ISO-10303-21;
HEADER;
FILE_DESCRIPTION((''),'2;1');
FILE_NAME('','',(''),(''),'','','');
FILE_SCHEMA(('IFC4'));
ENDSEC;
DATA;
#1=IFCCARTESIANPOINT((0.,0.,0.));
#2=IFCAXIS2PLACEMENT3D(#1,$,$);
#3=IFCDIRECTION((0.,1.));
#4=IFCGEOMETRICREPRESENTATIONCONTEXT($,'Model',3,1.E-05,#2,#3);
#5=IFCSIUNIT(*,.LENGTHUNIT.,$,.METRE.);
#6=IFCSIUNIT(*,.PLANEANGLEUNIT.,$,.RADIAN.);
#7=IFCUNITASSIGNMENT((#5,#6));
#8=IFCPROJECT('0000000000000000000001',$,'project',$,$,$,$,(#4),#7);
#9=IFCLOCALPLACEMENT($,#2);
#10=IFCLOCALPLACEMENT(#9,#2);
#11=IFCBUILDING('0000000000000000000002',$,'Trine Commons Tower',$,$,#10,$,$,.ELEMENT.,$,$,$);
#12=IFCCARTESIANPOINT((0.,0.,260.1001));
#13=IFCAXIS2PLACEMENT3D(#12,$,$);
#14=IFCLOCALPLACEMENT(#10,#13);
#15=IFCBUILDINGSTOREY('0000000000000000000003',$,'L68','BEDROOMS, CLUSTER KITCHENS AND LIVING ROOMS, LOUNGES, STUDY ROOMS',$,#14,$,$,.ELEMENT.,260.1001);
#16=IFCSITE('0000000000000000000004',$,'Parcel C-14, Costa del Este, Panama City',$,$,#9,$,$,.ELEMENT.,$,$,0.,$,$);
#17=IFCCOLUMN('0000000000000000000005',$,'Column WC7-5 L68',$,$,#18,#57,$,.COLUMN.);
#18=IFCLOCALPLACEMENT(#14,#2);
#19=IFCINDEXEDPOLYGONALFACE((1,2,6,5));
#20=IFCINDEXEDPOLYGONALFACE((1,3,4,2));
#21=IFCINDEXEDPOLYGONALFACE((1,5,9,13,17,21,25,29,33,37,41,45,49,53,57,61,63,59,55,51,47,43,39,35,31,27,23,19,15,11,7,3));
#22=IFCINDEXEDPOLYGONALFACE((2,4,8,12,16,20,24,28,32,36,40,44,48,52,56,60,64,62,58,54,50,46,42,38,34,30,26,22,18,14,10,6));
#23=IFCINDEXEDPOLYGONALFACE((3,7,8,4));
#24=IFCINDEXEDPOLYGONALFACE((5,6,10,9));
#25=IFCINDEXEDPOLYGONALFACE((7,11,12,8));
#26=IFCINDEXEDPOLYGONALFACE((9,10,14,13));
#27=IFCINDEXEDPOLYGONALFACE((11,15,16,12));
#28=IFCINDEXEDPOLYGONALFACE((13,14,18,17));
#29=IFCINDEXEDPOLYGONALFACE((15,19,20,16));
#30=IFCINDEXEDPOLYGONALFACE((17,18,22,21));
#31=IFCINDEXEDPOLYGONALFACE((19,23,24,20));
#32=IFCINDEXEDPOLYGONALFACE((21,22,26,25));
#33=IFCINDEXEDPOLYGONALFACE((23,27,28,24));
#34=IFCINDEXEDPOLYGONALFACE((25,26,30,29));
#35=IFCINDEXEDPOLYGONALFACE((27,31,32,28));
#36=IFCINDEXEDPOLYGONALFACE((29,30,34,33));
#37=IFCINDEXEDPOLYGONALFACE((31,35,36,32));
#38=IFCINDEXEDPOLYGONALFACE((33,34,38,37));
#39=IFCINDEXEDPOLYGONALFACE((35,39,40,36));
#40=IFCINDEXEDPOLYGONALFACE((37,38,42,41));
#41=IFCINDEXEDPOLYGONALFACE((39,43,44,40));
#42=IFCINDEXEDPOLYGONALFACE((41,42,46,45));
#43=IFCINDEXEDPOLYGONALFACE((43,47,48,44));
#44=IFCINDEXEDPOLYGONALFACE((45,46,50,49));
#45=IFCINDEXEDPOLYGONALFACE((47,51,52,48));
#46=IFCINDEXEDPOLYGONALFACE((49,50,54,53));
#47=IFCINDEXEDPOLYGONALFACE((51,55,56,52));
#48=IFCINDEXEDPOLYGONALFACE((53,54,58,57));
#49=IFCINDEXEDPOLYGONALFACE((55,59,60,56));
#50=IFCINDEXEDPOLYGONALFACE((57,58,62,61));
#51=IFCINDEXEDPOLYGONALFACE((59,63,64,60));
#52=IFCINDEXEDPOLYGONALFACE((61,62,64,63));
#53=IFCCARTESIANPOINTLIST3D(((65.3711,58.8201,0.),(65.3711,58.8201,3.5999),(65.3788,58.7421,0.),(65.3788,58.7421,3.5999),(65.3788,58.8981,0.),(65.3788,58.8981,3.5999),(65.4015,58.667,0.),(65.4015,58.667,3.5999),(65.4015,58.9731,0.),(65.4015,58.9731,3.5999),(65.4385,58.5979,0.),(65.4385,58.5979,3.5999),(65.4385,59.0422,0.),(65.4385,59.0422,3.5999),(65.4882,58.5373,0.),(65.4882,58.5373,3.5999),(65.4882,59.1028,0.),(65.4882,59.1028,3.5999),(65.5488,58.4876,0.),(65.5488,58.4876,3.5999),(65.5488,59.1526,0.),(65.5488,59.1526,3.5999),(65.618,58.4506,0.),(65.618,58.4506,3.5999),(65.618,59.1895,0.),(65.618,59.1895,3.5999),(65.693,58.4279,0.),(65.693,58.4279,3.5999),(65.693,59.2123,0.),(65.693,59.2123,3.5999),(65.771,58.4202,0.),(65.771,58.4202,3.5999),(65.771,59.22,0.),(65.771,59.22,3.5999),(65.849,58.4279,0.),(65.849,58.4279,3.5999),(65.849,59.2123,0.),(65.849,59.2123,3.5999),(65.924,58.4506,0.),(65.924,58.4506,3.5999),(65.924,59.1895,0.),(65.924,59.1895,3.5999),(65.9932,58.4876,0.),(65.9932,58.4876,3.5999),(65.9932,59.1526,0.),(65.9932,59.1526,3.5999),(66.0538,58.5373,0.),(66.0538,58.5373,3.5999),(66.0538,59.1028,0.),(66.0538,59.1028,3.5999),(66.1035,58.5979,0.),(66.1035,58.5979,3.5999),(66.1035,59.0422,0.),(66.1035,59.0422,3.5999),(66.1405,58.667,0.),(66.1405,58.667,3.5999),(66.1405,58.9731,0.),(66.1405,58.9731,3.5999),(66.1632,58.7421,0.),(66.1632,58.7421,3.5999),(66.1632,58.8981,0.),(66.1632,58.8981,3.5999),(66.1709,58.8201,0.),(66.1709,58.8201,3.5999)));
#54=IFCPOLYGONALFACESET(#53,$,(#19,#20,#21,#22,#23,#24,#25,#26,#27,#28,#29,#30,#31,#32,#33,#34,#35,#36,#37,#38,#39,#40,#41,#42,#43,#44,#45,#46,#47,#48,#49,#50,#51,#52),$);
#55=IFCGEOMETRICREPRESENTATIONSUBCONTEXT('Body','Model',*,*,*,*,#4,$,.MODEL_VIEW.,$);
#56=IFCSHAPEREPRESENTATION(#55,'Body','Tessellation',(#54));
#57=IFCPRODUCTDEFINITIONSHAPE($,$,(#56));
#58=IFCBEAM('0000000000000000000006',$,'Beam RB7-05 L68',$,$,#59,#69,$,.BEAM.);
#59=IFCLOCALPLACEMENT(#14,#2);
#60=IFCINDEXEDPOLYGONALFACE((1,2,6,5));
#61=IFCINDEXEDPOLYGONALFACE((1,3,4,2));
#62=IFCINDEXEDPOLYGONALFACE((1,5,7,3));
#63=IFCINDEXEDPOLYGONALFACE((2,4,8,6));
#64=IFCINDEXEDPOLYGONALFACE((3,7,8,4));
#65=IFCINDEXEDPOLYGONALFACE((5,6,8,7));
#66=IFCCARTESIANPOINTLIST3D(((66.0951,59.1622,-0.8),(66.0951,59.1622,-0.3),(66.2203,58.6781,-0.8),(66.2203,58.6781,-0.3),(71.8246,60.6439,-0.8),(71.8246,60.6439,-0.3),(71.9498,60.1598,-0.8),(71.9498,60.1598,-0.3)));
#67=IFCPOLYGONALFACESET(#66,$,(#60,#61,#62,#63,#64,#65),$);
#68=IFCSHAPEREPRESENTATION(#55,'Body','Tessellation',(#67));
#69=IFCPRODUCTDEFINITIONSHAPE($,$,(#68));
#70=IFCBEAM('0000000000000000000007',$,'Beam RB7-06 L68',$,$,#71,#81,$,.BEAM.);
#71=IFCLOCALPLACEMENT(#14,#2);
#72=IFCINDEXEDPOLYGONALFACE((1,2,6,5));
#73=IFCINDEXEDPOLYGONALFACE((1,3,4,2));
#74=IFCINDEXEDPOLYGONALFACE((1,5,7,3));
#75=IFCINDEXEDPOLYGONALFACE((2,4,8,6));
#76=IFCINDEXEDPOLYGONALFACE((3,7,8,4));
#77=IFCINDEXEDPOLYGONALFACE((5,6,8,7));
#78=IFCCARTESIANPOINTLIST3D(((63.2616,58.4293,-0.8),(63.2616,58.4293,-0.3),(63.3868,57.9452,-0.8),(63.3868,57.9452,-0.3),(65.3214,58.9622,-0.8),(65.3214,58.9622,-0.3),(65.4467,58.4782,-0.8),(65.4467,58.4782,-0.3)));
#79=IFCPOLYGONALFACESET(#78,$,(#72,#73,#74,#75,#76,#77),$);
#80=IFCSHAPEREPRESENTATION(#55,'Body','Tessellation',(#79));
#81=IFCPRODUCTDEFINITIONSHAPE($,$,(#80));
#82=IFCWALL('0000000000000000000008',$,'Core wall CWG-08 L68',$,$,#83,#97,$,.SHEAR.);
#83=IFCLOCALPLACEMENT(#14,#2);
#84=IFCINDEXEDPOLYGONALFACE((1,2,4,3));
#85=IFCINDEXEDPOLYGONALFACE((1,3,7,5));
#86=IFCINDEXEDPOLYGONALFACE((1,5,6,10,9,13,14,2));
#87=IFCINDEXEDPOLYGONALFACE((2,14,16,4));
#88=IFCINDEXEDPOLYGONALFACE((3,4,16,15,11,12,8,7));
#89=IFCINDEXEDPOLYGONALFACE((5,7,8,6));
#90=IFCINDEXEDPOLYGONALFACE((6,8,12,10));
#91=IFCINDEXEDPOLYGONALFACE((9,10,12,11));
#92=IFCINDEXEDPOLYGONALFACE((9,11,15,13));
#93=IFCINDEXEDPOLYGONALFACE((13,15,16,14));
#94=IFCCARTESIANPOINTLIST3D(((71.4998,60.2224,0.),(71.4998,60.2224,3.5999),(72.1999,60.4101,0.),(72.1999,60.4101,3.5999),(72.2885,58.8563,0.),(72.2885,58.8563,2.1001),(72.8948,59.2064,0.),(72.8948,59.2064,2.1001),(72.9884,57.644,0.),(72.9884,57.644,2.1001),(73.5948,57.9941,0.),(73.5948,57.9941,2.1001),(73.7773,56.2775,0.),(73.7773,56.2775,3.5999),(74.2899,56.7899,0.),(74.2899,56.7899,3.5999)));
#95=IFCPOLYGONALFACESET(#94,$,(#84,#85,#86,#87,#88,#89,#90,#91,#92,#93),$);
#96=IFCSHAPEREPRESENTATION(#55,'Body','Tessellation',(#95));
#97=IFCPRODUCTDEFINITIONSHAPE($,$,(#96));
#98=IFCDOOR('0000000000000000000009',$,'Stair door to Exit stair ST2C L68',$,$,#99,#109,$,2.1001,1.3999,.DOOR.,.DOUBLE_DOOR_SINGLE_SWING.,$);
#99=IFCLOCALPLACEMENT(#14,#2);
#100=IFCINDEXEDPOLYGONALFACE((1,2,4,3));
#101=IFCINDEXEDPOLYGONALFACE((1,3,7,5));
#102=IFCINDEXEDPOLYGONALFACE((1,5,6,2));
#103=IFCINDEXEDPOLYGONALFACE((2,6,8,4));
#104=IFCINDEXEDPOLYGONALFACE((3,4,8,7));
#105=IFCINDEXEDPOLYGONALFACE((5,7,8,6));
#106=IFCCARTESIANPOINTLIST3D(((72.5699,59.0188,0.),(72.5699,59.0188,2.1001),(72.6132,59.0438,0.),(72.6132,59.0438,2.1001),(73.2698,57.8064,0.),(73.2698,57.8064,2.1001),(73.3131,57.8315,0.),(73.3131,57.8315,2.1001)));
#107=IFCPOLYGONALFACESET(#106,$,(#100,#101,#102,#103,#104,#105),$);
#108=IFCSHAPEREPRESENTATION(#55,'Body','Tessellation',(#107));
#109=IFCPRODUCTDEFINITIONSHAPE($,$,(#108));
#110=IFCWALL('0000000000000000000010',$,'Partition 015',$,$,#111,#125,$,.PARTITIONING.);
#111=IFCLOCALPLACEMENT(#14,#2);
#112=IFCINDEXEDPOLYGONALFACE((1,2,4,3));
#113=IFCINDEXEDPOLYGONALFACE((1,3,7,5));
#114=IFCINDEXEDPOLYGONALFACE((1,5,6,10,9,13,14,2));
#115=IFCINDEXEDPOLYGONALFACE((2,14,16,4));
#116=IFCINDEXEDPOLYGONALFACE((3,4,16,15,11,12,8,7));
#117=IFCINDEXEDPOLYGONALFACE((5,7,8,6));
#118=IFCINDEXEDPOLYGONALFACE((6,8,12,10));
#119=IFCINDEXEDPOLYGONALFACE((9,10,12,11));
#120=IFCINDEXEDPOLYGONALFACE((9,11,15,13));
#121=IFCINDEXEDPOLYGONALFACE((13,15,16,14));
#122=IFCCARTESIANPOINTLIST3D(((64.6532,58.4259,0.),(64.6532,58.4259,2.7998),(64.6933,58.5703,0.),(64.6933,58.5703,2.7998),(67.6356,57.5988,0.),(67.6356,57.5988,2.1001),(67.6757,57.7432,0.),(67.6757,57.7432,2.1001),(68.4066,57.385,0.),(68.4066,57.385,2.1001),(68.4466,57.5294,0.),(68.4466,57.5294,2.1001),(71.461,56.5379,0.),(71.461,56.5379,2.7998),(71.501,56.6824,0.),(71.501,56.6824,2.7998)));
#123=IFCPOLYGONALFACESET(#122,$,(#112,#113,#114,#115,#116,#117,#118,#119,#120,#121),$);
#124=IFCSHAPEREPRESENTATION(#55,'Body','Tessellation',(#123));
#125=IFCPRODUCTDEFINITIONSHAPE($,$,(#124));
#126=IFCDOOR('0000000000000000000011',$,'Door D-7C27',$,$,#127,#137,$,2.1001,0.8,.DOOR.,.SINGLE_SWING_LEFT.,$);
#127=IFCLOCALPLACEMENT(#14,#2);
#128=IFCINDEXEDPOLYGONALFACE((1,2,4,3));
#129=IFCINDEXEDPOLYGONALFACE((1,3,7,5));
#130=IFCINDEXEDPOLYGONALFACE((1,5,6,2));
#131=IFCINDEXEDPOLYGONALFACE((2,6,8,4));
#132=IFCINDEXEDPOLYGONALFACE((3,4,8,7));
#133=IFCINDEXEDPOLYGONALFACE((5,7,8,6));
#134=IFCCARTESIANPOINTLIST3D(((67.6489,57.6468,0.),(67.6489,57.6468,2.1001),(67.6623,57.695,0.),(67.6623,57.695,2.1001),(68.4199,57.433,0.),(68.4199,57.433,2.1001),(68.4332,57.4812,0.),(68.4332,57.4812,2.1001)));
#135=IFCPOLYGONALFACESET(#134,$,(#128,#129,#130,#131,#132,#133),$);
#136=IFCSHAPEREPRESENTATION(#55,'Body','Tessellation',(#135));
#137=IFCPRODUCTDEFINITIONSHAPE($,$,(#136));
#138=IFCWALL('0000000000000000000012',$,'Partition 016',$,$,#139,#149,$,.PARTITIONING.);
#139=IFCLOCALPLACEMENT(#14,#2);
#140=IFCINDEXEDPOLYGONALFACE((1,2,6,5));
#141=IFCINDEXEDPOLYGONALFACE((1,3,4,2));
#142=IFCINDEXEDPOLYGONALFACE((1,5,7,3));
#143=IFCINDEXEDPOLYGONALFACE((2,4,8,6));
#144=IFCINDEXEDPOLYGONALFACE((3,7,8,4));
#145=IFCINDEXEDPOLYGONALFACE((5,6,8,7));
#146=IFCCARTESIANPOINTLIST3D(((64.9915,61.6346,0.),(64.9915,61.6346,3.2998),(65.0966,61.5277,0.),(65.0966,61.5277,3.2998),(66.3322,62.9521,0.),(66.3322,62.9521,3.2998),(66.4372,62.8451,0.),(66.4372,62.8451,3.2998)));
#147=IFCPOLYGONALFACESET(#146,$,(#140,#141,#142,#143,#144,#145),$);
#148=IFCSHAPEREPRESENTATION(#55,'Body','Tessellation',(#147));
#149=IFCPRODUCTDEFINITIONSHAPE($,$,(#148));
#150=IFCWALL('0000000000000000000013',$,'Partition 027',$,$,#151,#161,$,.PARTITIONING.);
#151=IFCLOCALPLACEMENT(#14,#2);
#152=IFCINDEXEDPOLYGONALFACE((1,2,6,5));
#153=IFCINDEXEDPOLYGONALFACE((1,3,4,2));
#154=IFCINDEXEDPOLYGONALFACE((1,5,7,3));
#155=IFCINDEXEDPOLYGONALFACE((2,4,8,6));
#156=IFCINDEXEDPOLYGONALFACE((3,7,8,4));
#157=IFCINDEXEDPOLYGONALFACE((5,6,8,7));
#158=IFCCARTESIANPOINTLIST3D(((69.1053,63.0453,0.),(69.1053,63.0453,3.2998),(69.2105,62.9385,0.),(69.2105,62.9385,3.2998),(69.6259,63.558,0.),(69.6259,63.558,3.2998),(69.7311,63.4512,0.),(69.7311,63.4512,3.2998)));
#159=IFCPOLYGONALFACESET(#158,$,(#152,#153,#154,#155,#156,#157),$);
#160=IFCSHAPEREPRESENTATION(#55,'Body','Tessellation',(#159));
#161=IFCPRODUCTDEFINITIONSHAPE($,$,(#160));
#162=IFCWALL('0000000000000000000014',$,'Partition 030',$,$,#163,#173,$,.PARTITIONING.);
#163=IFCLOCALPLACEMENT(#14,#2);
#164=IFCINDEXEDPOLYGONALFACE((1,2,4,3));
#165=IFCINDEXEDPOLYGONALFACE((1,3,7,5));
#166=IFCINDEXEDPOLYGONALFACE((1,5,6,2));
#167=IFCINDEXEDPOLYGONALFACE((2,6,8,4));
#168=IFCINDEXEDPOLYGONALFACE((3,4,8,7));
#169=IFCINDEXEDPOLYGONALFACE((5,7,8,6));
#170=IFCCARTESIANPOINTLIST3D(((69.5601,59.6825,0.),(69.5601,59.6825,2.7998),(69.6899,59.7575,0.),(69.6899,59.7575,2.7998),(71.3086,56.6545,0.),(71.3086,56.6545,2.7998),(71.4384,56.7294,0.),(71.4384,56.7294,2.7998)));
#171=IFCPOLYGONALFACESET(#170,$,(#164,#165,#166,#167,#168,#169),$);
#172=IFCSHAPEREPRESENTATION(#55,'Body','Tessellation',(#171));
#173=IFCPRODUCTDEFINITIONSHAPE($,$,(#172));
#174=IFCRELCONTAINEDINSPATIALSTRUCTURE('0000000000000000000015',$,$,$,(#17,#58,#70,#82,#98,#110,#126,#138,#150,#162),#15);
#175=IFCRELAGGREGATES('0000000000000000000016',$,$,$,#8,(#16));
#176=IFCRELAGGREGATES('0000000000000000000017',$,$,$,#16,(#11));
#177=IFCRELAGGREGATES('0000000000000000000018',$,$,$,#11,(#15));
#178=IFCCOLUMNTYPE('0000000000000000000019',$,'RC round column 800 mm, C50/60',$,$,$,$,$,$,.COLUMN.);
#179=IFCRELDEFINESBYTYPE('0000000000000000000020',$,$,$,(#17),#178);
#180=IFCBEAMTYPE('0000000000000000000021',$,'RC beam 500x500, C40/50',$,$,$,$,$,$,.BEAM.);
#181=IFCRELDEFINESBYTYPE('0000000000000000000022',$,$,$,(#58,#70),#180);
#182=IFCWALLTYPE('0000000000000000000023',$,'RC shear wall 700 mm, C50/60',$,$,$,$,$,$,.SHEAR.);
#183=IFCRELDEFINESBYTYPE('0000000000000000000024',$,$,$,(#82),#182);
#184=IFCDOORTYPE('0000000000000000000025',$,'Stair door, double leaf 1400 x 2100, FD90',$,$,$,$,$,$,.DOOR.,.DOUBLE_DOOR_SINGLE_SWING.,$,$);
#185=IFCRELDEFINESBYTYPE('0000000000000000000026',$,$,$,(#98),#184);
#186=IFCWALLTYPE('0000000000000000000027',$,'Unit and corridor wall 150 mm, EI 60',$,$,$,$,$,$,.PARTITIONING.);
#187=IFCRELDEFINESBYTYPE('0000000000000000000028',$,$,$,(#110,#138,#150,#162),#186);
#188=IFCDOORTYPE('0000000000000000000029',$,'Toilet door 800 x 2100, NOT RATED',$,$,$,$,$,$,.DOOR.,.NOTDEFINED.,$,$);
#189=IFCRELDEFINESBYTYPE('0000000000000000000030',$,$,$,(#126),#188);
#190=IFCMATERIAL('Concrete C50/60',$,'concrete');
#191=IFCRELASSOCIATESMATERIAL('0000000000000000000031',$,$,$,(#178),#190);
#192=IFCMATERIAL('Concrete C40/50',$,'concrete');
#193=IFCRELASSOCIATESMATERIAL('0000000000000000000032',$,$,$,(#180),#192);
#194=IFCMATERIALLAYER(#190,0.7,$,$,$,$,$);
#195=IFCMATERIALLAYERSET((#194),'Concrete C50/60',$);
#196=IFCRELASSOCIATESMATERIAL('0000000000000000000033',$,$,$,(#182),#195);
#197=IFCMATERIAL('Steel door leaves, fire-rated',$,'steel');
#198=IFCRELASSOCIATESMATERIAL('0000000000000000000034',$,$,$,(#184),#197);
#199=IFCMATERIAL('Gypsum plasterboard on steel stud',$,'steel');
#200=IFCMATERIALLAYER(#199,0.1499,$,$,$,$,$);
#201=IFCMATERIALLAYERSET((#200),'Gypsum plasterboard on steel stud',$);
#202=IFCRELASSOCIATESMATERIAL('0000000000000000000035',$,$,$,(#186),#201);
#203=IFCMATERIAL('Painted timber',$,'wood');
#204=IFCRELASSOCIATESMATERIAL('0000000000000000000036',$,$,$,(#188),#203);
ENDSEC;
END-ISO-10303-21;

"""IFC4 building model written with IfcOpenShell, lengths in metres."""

from ifc_helpers import new_model, si_unit, direction, frame, frame_2d, origin, origin_2d, place, context, subcontext, project, spatial, polyline, rectangle, circle, outline, extrude, material, layer, layer_set, material_profile, profile_set, type_object, element, fill, save


model = new_model("IFC4")

# Units and contexts
model_context = context("Model", 3, precision=1e-05, world=origin(), true_north=direction((0.0, 1.0)))
body_context = subcontext(model_context, "Body", "Model", "MODEL_VIEW")
ifc_project = project(units=[si_unit("LENGTHUNIT", "METRE"), si_unit("PLANEANGLEUNIT", "RADIAN")], contexts=[model_context])

# Site, building, storey
site_placement = place(None, origin())
site = spatial("IfcSite", under=ifc_project, at=site_placement, Name="Parcel C-14, Costa del Este, Panama City", CompositionType="ELEMENT", RefElevation=0.0)
building_placement = place(site_placement, origin())
building = spatial("IfcBuilding", under=site, at=building_placement, Name="Trine Commons Tower", CompositionType="ELEMENT")
storey_placement = place(building_placement, frame((0.0, 0.0, 260.1001)))
storey = spatial("IfcBuildingStorey", under=building, at=storey_placement, Name="L68", Description="BEDROOMS, CLUSTER KITCHENS AND LIVING ROOMS, LOUNGES, STUDY ROOMS", CompositionType="ELEMENT", Elevation=260.1001)

# Column
ifc_material_1 = material(Name="Concrete C50/60", Category="concrete")
ifc_material_profile_1 = material_profile(ifc_material_1, circle(Radius=0.3999, at=origin_2d()), Name="RC round 800")
ifc_profile_set_1 = profile_set([ifc_material_profile_1], Name="Concrete C50/60")
column_type = type_object("IfcColumnType", Name="RC round column 800 mm, C50/60", PredefinedType="COLUMN", material=ifc_profile_set_1)
column_placement = place(storey_placement, frame((65.771, 58.8201, 0.0), z_axis=(0.0, 0.0, 1.0), x_axis=(1.0, 0.0, 0.0)))
element("IfcColumn", 1, at=column_placement, inside=storey, type_object=column_type, Name="Column WC7-5 L68", PredefinedType="COLUMN", context=body_context, shape_type="SweptSolid", body=[
    extrude(circle(Radius=0.3999, at=origin_2d()), origin(), (0.0, 0.0, 1.0), 3.5999),
])

# Beams
ifc_material_2 = material(Name="Concrete C40/50", Category="concrete")
ifc_material_profile_2 = material_profile(ifc_material_2, rectangle(XDim=0.5, YDim=0.5, at=origin_2d()), Name="RC 500x500")
ifc_profile_set_2 = profile_set([ifc_material_profile_2], Name="Concrete C40/50")
beam_type = type_object("IfcBeamType", Name="RC beam 500x500, C40/50", PredefinedType="BEAM", material=ifc_profile_set_2)
beam_1_placement = place(storey_placement, frame((71.8872, 60.4019, -0.55), z_axis=(-0.96815, -0.250371, 0.0), x_axis=(0.250371, -0.96815, 0.0)))
element("IfcBeam", 2, at=beam_1_placement, inside=storey, type_object=beam_type, Name="Beam RB7-05 L68", PredefinedType="BEAM", context=body_context, shape_type="SweptSolid", body=[
    extrude(rectangle(XDim=0.5, YDim=0.5, at=origin_2d()), origin(), (0.0, 0.0, 1.0), 5.918),
])
beam_2_placement = place(storey_placement, frame((65.384, 58.7202, -0.55), z_axis=(-0.968119, -0.250492, 0.0), x_axis=(0.250492, -0.968119, 0.0)))
element("IfcBeam", 3, at=beam_2_placement, inside=storey, type_object=beam_type, Name="Beam RB7-06 L68", PredefinedType="BEAM", context=body_context, shape_type="SweptSolid", body=[
    extrude(rectangle(XDim=0.5, YDim=0.5, at=origin_2d()), origin(), (0.0, 0.0, 1.0), 2.1277),
])

# Walls, openings, doors
ifc_layer_1 = layer(ifc_material_1, 0.7)
ifc_layer_set_1 = layer_set([ifc_layer_1], Name="Concrete C50/60")
wall_type_1 = type_object("IfcWallType", Name="RC shear wall 700 mm, C50/60", PredefinedType="SHEAR", material=ifc_layer_set_1)
wall_1_placement = place(storey_placement, frame((71.803, 60.3975, 0.0), z_axis=(0.0, 0.0, 1.0), x_axis=(0.499984, -0.866035, 0.0)))
wall_1 = element("IfcWall", 4, at=wall_1_placement, inside=storey, type_object=wall_type_1, Name="Core wall CWG-08 L68", PredefinedType="SHEAR", context=body_context, shape_type="SweptSolid", body=[
    extrude(outline(polyline([(0.0, -0.3501), (4.5552, -0.3501), (4.3677, 0.3501), (0.1875, 0.3501), (0.0, -0.3501)])), origin(), (0.0, 0.0, 1.0), 3.5999),
])
opening_1_placement = place(wall_1_placement, frame((1.5774, 0.0, 0.0)))
opening_1 = element("IfcOpeningElement", 5, at=opening_1_placement, cuts=wall_1, PredefinedType="OPENING", context=body_context, shape_type="SweptSolid", body=[
    extrude(rectangle(XDim=1.3999, YDim=2.1001, at=frame_2d((0.7, 1.05))), frame((0.0, 0.3599, 0.0), z_axis=(0.0, -1.0, 0.0), x_axis=(1.0, 0.0, 0.0)), (0.0, 0.0, 1.0), 0.72),
])
ifc_material_3 = material(Name="Steel door leaves, fire-rated", Category="steel")
door_type_1 = type_object("IfcDoorType", Name="Stair door, double leaf 1400 x 2100, FD90", OperationType="DOUBLE_DOOR_SINGLE_SWING", PredefinedType="DOOR", material=ifc_material_3)
door_1_placement = place(opening_1_placement, origin())
door_1 = element("IfcDoor", 6, at=door_1_placement, inside=storey, type_object=door_type_1, Name="Stair door to Exit stair ST2C L68", OperationType="DOUBLE_DOOR_SINGLE_SWING", OverallHeight=2.1001, OverallWidth=1.3999, PredefinedType="DOOR", context=body_context, shape_type="SweptSolid", body=[
    extrude(rectangle(XDim=1.3999, YDim=2.1001, at=frame_2d((0.7, 1.05))), frame((0.0, 0.0249, 0.0), z_axis=(0.0, -1.0, 0.0), x_axis=(1.0, 0.0, 0.0)), (0.0, 0.0, 1.0), 0.05),
])
fill(opening_1, door_1)
ifc_material_4 = material(Name="Gypsum plasterboard on steel stud", Category="steel")
ifc_layer_2 = layer(ifc_material_4, 0.1499)
ifc_layer_set_2 = layer_set([ifc_layer_2], Name="Gypsum plasterboard on steel stud")
wall_type_2 = type_object("IfcWallType", Name="Unit and corridor wall 150 mm, EI 60", PredefinedType="PARTITIONING", material=ifc_layer_set_2)
wall_2_placement = place(storey_placement, frame((64.6733, 58.498, 0.0), z_axis=(0.0, 0.0, 1.0), x_axis=(0.963632, -0.267232, 0.0)))
wall_2 = element("IfcWall", 7, at=wall_2_placement, inside=storey, type_object=wall_type_2, Name="Partition 015", PredefinedType="PARTITIONING", context=body_context, shape_type="SweptSolid", body=[
    extrude(rectangle(XDim=7.0647, YDim=0.1499, at=frame_2d((3.5322, 0.0))), origin(), (0.0, 0.0, 1.0), 2.7998),
])
opening_2_placement = place(wall_2_placement, frame((3.095, 0.0, 0.0)))
opening_2 = element("IfcOpeningElement", 8, at=opening_2_placement, cuts=wall_2, PredefinedType="OPENING", context=body_context, shape_type="SweptSolid", body=[
    extrude(rectangle(XDim=0.8, YDim=2.1001, at=frame_2d((0.3999, 1.05))), frame((0.0, 0.085, 0.0), z_axis=(0.0, -1.0, 0.0), x_axis=(1.0, 0.0, 0.0)), (0.0, 0.0, 1.0), 0.1699),
])
ifc_material_5 = material(Name="Painted timber", Category="wood")
door_type_2 = type_object("IfcDoorType", Name="Toilet door 800 x 2100, NOT RATED", OperationType="NOTDEFINED", PredefinedType="DOOR", material=ifc_material_5)
door_2_placement = place(opening_2_placement, origin())
door_2 = element("IfcDoor", 9, at=door_2_placement, inside=storey, type_object=door_type_2, Name="Door D-7C27", OperationType="SINGLE_SWING_LEFT", OverallHeight=2.1001, OverallWidth=0.8, PredefinedType="DOOR", context=body_context, shape_type="SweptSolid", body=[
    extrude(rectangle(XDim=0.8, YDim=2.1001, at=frame_2d((0.3999, 1.05))), frame((0.0, 0.0249, 0.0), z_axis=(0.0, -1.0, 0.0), x_axis=(1.0, 0.0, 0.0)), (0.0, 0.0, 1.0), 0.05),
])
fill(opening_2, door_2)

# Walls
wall_3_placement = place(storey_placement, frame((65.0439, 61.5811, 0.0), z_axis=(0.0, 0.0, 1.0), x_axis=(0.71325, 0.70091, 0.0)))
element("IfcWall", 10, at=wall_3_placement, inside=storey, type_object=wall_type_2, Name="Partition 016", PredefinedType="PARTITIONING", context=body_context, shape_type="SweptSolid", body=[
    extrude(rectangle(XDim=1.8796, YDim=0.1499, at=frame_2d((0.9399, 0.0))), origin(), (0.0, 0.0, 1.0), 3.2998),
])
wall_4_placement = place(storey_placement, frame((69.158, 62.9919, 0.0), z_axis=(0.0, 0.0, 1.0), x_axis=(0.712433, 0.70174, 0.0)))
element("IfcWall", 11, at=wall_4_placement, inside=storey, type_object=wall_type_2, Name="Partition 027", PredefinedType="PARTITIONING", context=body_context, shape_type="SweptSolid", body=[
    extrude(rectangle(XDim=0.7307, YDim=0.1499, at=frame_2d((0.3652, 0.0))), origin(), (0.0, 0.0, 1.0), 3.2998),
])
wall_5_placement = place(storey_placement, frame((69.625, 59.72, 0.0), z_axis=(0.0, 0.0, 1.0), x_axis=(0.500059, -0.865991, 0.0)))
element("IfcWall", 12, at=wall_5_placement, inside=storey, type_object=wall_type_2, Name="Partition 030", PredefinedType="PARTITIONING", context=body_context, shape_type="SweptSolid", body=[
    extrude(rectangle(XDim=3.4966, YDim=0.1499, at=frame_2d((1.7483, 0.0))), origin(), (0.0, 0.0, 1.0), 2.7998),
])

save(model, "model.ifc")
